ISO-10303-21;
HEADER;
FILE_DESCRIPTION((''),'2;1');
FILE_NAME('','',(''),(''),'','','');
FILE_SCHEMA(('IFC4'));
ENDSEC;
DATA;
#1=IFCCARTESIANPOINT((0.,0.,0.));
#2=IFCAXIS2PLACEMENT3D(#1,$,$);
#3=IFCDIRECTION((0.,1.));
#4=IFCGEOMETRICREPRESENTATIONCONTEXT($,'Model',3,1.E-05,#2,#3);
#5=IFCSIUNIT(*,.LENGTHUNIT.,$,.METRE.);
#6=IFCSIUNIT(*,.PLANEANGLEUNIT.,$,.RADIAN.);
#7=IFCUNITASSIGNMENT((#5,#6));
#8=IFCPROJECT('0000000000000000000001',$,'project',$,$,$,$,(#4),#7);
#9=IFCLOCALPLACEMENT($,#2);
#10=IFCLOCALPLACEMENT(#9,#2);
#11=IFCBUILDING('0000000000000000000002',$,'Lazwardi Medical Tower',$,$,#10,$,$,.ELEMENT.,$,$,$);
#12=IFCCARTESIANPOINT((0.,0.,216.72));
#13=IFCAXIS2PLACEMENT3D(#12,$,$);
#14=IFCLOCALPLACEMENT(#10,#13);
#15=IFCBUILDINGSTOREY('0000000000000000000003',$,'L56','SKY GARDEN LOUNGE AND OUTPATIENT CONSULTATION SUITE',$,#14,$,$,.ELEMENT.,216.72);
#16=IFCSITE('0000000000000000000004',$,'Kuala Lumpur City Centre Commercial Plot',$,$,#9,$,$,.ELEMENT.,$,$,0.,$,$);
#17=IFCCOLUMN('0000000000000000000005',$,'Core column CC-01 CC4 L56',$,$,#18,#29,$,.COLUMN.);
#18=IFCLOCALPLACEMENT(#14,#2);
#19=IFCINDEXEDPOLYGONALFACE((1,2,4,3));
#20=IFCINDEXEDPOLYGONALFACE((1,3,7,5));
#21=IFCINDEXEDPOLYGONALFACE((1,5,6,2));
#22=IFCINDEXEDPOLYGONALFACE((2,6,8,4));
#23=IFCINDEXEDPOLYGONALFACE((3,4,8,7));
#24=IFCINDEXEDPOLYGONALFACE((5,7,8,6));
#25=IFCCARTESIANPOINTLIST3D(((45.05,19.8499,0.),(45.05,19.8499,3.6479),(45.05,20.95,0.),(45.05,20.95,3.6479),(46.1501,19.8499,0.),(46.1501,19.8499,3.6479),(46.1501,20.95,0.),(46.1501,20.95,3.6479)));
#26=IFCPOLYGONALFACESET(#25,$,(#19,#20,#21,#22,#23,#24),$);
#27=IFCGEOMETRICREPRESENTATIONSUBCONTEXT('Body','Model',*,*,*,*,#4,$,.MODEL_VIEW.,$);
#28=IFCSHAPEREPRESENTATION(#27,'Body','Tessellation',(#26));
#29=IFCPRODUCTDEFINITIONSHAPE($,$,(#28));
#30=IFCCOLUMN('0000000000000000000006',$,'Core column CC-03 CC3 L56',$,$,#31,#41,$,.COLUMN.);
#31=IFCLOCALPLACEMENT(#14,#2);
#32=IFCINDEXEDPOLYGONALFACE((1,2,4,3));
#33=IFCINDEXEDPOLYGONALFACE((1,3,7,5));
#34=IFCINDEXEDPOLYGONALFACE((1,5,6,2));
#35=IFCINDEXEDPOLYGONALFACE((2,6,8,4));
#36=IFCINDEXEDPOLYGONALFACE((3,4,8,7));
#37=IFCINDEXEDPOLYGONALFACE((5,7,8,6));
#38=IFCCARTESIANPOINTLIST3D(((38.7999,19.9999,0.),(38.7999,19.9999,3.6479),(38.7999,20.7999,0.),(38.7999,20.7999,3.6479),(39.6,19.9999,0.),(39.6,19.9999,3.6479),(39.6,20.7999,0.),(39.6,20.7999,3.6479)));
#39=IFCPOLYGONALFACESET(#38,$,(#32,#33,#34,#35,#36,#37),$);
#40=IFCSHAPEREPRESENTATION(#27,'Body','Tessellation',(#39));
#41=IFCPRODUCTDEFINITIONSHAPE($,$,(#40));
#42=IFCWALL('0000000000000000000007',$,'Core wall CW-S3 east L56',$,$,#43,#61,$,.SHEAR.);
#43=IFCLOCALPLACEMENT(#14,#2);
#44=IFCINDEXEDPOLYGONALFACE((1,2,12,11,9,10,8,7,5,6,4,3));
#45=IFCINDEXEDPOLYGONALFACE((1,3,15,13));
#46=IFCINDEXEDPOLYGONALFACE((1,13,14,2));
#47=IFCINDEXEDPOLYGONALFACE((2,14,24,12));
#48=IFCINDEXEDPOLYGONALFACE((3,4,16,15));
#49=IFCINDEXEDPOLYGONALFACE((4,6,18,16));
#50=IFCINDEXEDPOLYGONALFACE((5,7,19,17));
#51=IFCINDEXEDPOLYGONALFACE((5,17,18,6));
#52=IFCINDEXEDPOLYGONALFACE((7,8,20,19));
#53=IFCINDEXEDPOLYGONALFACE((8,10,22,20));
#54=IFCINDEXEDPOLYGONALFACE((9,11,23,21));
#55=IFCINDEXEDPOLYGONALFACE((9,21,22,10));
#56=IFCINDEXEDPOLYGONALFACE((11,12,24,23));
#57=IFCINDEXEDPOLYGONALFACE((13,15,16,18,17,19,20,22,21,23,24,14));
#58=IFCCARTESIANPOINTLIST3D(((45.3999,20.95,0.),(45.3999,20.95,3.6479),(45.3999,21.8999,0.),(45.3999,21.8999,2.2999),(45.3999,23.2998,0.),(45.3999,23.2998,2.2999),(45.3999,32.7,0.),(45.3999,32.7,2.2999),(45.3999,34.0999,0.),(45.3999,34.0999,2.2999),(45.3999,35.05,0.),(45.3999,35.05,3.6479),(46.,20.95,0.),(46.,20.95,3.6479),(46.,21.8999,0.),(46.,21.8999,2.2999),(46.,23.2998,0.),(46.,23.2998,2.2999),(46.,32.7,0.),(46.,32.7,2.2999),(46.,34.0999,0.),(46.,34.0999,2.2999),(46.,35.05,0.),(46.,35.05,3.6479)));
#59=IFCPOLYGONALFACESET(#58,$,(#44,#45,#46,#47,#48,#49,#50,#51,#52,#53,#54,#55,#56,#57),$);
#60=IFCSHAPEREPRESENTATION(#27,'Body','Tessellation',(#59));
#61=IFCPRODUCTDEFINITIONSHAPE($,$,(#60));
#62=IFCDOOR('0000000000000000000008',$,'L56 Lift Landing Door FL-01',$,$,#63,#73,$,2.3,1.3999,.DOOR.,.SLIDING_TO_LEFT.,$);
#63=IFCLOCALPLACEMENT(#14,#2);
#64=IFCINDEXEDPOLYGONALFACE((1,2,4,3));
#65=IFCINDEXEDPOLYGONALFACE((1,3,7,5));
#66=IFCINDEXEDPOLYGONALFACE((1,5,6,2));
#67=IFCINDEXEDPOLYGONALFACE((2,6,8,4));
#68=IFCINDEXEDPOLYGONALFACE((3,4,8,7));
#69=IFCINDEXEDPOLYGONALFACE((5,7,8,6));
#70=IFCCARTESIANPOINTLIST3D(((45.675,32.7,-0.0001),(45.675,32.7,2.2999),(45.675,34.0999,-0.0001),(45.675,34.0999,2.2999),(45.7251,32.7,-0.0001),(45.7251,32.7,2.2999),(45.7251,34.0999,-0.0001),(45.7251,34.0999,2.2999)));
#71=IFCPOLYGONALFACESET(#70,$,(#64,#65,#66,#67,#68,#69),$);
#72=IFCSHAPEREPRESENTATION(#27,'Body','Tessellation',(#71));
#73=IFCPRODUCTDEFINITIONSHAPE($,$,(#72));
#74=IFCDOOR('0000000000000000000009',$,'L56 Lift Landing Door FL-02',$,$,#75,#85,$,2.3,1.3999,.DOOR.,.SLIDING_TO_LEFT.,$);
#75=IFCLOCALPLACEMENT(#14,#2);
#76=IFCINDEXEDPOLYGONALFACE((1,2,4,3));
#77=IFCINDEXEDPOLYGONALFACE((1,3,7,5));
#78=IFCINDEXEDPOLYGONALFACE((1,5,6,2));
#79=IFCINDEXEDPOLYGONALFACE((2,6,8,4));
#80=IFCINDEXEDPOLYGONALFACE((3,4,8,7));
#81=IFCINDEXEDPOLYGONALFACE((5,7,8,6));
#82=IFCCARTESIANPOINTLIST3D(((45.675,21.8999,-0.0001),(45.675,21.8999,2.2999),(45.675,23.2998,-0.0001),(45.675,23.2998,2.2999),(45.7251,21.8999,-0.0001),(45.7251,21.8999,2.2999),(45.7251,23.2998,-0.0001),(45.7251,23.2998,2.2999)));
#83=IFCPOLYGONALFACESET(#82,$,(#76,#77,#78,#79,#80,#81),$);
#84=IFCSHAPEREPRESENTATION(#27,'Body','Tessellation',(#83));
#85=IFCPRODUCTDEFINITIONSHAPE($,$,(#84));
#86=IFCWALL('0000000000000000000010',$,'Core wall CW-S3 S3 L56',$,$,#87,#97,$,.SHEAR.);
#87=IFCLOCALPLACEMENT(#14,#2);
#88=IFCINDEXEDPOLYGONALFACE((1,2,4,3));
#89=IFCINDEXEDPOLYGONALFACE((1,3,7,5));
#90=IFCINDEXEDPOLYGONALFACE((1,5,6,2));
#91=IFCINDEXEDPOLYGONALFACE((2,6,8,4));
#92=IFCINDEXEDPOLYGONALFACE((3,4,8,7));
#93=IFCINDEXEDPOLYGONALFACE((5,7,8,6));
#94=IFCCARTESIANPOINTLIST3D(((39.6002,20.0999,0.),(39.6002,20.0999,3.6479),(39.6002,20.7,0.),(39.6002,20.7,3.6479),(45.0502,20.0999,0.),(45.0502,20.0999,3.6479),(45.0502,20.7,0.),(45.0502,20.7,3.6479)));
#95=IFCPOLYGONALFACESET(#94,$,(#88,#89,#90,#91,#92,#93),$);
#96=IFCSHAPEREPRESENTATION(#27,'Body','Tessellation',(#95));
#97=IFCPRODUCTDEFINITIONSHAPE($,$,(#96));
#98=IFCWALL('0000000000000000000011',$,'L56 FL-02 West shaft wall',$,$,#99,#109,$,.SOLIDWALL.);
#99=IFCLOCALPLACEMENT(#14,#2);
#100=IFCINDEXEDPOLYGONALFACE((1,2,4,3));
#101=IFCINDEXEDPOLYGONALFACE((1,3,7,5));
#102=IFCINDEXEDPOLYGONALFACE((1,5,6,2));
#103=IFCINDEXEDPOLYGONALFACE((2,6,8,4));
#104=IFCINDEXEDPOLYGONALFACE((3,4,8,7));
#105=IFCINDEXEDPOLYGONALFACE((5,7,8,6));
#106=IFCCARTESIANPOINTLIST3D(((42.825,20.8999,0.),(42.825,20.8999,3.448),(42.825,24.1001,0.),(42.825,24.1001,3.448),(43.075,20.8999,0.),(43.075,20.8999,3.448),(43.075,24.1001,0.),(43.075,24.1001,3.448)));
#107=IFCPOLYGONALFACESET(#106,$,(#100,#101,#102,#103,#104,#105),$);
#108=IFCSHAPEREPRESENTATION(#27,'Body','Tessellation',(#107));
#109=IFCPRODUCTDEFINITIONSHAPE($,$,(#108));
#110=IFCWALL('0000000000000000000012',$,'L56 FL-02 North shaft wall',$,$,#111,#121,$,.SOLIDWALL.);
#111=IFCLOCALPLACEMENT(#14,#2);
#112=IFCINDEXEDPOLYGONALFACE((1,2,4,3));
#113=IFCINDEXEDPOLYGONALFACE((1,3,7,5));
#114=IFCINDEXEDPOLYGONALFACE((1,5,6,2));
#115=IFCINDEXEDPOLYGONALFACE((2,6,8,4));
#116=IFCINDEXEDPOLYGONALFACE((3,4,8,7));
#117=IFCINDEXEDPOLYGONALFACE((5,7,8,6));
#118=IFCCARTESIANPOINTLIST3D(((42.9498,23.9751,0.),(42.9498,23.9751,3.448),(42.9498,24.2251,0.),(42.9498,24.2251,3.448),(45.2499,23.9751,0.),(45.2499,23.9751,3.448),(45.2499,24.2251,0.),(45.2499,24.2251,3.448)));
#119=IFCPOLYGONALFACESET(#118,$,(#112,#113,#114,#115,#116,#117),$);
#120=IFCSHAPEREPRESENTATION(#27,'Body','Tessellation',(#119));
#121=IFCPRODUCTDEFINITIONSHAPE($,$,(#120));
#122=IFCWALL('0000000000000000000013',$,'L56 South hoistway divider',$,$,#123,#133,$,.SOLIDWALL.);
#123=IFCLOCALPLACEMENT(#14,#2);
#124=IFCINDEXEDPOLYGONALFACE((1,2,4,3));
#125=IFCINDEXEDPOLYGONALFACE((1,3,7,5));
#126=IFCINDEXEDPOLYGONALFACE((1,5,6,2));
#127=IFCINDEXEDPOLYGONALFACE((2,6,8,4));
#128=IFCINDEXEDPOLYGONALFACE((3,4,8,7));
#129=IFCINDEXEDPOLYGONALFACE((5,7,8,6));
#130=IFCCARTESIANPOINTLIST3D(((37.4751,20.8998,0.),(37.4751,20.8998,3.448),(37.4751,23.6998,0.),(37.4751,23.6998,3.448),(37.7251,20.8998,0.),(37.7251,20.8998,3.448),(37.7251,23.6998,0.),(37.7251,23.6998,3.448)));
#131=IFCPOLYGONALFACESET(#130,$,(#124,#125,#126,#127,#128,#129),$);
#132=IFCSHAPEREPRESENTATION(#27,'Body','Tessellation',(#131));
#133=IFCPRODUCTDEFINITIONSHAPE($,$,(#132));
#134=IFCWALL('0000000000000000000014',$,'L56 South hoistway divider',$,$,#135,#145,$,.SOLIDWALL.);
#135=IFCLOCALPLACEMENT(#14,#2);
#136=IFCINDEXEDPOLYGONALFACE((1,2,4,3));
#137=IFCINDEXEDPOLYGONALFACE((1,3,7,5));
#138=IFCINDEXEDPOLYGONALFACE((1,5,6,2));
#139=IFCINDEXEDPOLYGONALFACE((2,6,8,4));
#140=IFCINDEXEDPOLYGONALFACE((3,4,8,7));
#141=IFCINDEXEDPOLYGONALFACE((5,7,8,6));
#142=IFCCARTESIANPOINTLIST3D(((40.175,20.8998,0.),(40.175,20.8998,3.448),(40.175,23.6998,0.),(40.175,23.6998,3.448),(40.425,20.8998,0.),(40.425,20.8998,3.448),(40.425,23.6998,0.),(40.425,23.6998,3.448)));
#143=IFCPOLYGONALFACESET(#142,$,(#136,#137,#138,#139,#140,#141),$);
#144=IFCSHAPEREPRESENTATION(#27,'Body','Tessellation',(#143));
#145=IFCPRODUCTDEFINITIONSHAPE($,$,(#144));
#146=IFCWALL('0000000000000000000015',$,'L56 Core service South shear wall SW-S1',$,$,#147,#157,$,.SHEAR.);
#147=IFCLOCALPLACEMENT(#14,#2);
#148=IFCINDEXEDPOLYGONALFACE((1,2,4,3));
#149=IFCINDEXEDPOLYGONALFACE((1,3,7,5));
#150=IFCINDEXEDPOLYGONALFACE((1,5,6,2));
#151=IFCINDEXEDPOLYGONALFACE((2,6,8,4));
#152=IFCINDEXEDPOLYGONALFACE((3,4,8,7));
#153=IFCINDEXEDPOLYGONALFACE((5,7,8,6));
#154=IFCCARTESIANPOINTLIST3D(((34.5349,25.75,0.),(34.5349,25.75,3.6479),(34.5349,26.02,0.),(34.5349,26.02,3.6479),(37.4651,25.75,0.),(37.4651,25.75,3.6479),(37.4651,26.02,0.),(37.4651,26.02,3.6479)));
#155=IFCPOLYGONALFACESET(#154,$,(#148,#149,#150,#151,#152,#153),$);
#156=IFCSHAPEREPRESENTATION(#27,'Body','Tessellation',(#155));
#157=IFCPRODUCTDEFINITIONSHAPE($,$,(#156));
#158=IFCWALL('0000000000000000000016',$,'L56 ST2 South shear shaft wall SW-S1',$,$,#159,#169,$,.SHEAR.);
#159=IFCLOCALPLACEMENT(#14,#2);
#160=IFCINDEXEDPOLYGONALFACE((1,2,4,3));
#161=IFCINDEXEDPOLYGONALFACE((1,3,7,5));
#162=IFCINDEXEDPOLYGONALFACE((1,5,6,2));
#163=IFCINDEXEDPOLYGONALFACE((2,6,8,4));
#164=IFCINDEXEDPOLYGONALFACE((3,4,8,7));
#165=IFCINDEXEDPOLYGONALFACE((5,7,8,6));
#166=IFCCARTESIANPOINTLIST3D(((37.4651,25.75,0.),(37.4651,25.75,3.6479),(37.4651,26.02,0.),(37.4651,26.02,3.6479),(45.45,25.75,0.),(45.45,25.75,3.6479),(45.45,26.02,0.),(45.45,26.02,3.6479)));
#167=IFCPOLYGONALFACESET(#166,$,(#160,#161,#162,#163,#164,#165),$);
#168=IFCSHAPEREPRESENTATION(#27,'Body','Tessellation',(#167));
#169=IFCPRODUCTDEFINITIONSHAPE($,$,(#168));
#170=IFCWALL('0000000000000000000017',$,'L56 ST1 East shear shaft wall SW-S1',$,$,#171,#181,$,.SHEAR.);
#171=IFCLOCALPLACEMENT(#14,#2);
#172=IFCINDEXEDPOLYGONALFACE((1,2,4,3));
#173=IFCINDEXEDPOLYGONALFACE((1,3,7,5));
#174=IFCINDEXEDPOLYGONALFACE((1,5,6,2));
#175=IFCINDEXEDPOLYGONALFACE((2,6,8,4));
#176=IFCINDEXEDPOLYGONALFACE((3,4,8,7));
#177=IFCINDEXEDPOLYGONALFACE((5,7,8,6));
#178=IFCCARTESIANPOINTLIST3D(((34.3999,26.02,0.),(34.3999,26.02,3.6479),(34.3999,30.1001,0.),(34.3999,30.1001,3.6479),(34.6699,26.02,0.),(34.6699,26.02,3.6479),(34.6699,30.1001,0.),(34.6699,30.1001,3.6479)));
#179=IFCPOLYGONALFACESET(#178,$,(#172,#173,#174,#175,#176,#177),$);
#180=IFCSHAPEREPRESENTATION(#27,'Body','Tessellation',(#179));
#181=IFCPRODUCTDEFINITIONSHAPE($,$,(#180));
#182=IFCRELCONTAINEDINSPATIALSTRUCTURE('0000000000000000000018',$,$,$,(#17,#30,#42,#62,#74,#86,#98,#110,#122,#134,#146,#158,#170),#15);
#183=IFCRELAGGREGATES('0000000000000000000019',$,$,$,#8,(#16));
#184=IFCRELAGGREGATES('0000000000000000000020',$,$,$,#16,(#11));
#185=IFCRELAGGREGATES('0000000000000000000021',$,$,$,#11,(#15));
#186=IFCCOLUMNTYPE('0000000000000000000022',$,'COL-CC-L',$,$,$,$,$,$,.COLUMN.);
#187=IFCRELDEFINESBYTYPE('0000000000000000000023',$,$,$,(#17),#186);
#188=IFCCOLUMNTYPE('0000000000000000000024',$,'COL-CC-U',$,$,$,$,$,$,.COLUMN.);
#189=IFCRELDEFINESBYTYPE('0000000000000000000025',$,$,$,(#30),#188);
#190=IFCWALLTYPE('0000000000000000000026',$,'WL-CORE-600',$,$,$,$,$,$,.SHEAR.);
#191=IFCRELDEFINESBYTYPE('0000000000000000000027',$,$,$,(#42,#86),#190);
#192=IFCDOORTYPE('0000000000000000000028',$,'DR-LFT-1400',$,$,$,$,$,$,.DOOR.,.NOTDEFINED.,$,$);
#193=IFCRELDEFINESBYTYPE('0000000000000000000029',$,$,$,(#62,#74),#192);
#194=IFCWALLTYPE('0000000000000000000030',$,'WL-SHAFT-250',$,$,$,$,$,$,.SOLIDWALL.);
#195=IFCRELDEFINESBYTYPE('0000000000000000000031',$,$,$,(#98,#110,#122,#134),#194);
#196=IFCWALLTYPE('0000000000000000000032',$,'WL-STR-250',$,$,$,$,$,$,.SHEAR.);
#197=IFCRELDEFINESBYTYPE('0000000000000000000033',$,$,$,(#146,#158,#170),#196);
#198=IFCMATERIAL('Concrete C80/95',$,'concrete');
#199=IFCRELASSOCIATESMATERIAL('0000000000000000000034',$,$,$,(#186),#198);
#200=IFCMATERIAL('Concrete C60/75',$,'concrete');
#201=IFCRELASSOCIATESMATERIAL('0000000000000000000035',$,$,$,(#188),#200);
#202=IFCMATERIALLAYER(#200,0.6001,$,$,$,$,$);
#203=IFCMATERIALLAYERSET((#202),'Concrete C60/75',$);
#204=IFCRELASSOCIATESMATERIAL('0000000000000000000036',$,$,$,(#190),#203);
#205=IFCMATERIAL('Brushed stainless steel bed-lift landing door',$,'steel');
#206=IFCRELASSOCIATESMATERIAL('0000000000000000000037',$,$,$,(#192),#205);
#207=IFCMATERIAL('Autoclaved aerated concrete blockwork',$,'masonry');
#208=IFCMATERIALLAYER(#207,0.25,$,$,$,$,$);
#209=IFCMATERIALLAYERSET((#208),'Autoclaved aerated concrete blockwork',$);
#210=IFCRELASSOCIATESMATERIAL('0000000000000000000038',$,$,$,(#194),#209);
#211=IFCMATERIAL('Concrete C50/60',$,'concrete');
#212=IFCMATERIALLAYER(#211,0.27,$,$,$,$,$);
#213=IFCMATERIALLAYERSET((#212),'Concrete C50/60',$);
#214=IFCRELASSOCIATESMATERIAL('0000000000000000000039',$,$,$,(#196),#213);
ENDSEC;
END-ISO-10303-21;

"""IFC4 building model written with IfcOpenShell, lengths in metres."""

from ifc_helpers import new_model, si_unit, direction, frame, frame_2d, origin, origin_2d, place, context, subcontext, project, spatial, rectangle, extrude, material, layer, layer_set, material_profile, profile_set, type_object, element, fill, save


model = new_model("IFC4")

# Units and contexts
model_context = context("Model", 3, precision=1e-05, world=origin(), true_north=direction((0.0, 1.0)))
body_context = subcontext(model_context, "Body", "Model", "MODEL_VIEW")
ifc_project = project(units=[si_unit("LENGTHUNIT", "METRE"), si_unit("PLANEANGLEUNIT", "RADIAN")], contexts=[model_context])

# Site, building, storey
site_placement = place(None, origin())
site = spatial("IfcSite", under=ifc_project, at=site_placement, Name="Kuala Lumpur City Centre Commercial Plot", CompositionType="ELEMENT", RefElevation=0.0)
building_placement = place(site_placement, origin())
building = spatial("IfcBuilding", under=site, at=building_placement, Name="Lazwardi Medical Tower", CompositionType="ELEMENT")
storey_placement = place(building_placement, frame((0.0, 0.0, 216.72)))
storey = spatial("IfcBuildingStorey", under=building, at=storey_placement, Name="L56", Description="SKY GARDEN LOUNGE AND OUTPATIENT CONSULTATION SUITE", CompositionType="ELEMENT", Elevation=216.72)

# Columns
ifc_material_1 = material(Name="Concrete C80/95", Category="concrete")
ifc_material_profile_1 = material_profile(ifc_material_1, rectangle(XDim=1.1001, YDim=1.1001, at=origin_2d()), Name="RC 1100x1100")
ifc_profile_set_1 = profile_set([ifc_material_profile_1], Name="Concrete C80/95")
column_type_1 = type_object("IfcColumnType", Name="COL-CC-L", PredefinedType="COLUMN", material=ifc_profile_set_1)
column_1_placement = place(storey_placement, frame((45.6001, 20.3999, 0.0), z_axis=(0.0, 0.0, 1.0), x_axis=(1.0, 0.0, 0.0)))
element("IfcColumn", 1, at=column_1_placement, inside=storey, type_object=column_type_1, Name="Core column CC-01 CC4 L56", PredefinedType="COLUMN", context=body_context, shape_type="SweptSolid", body=[
    extrude(rectangle(XDim=1.1001, YDim=1.1001, at=origin_2d()), origin(), (0.0, 0.0, 1.0), 3.6479),
])
ifc_material_2 = material(Name="Concrete C60/75", Category="concrete")
ifc_material_profile_2 = material_profile(ifc_material_2, rectangle(XDim=0.8, YDim=0.8, at=origin_2d()), Name="RC 800x800")
ifc_profile_set_2 = profile_set([ifc_material_profile_2], Name="Concrete C60/75")
column_type_2 = type_object("IfcColumnType", Name="COL-CC-U", PredefinedType="COLUMN", material=ifc_profile_set_2)
column_2_placement = place(storey_placement, frame((39.2, 20.3999, 0.0), z_axis=(0.0, 0.0, 1.0), x_axis=(1.0, 0.0, 0.0)))
element("IfcColumn", 2, at=column_2_placement, inside=storey, type_object=column_type_2, Name="Core column CC-03 CC3 L56", PredefinedType="COLUMN", context=body_context, shape_type="SweptSolid", body=[
    extrude(rectangle(XDim=0.8, YDim=0.8, at=origin_2d()), origin(), (0.0, 0.0, 1.0), 3.6479),
])

# Wall, openings, doors
ifc_layer_1 = layer(ifc_material_2, 0.6001)
ifc_layer_set_1 = layer_set([ifc_layer_1], Name="Concrete C60/75")
wall_type_1 = type_object("IfcWallType", Name="WL-CORE-600", PredefinedType="SHEAR", material=ifc_layer_set_1)
wall_1_placement = place(storey_placement, frame((45.7, 20.95, 0.0), z_axis=(0.0, 0.0, 1.0), x_axis=(0.0, 1.0, 0.0)))
wall_1 = element("IfcWall", 3, at=wall_1_placement, inside=storey, type_object=wall_type_1, Name="Core wall CW-S3 east L56", PredefinedType="SHEAR", context=body_context, shape_type="SweptSolid", body=[
    extrude(rectangle(XDim=14.1001, YDim=0.6001, at=frame_2d((7.05, 0.0))), origin(), (0.0, 0.0, 1.0), 3.6479),
])
opening_1_placement = place(wall_1_placement, frame((11.75, 0.0, 0.0)))
opening_1 = element("IfcOpeningElement", 4, at=opening_1_placement, cuts=wall_1, PredefinedType="OPENING", context=body_context, shape_type="SweptSolid", body=[
    extrude(rectangle(XDim=1.3999, YDim=2.3, at=frame_2d((0.7, 1.1499))), frame((0.0, 0.3101, 0.0), z_axis=(0.0, -1.0, 0.0), x_axis=(1.0, 0.0, 0.0)), (0.0, 0.0, 1.0), 0.6201),
])
opening_2_placement = place(wall_1_placement, frame((0.95, 0.0, 0.0)))
opening_2 = element("IfcOpeningElement", 5, at=opening_2_placement, cuts=wall_1, PredefinedType="OPENING", context=body_context, shape_type="SweptSolid", body=[
    extrude(rectangle(XDim=1.3999, YDim=2.3, at=frame_2d((0.7, 1.1499))), frame((0.0, 0.3101, 0.0), z_axis=(0.0, -1.0, 0.0), x_axis=(1.0, 0.0, 0.0)), (0.0, 0.0, 1.0), 0.6201),
])
ifc_material_3 = material(Name="Brushed stainless steel bed-lift landing door", Category="steel")
door_type_1 = type_object("IfcDoorType", Name="DR-LFT-1400", OperationType="NOTDEFINED", PredefinedType="DOOR", material=ifc_material_3)
door_1_placement = place(opening_1_placement, origin())
door_1 = element("IfcDoor", 6, at=door_1_placement, inside=storey, type_object=door_type_1, Name="L56 Lift Landing Door FL-01", OperationType="SLIDING_TO_LEFT", OverallHeight=2.3, OverallWidth=1.3999, PredefinedType="DOOR", context=body_context, shape_type="SweptSolid", body=[
    extrude(rectangle(XDim=1.3999, YDim=2.3, at=frame_2d((0.7, 1.1499))), frame((0.0, 0.0249, 0.0), z_axis=(0.0, -1.0, 0.0), x_axis=(1.0, 0.0, 0.0)), (0.0, 0.0, 1.0), 0.05),
])
fill(opening_1, door_1)
door_2_placement = place(opening_2_placement, origin())
door_2 = element("IfcDoor", 7, at=door_2_placement, inside=storey, type_object=door_type_1, Name="L56 Lift Landing Door FL-02", OperationType="SLIDING_TO_LEFT", OverallHeight=2.3, OverallWidth=1.3999, PredefinedType="DOOR", context=body_context, shape_type="SweptSolid", body=[
    extrude(rectangle(XDim=1.3999, YDim=2.3, at=frame_2d((0.7, 1.1499))), frame((0.0, 0.0249, 0.0), z_axis=(0.0, -1.0, 0.0), x_axis=(1.0, 0.0, 0.0)), (0.0, 0.0, 1.0), 0.05),
])
fill(opening_2, door_2)

# Walls
wall_2_placement = place(storey_placement, frame((39.6001, 20.3999, 0.0), z_axis=(0.0, 0.0, 1.0), x_axis=(1.0, 0.0, 0.0)))
element("IfcWall", 8, at=wall_2_placement, inside=storey, type_object=wall_type_1, Name="Core wall CW-S3 S3 L56", PredefinedType="SHEAR", context=body_context, shape_type="SweptSolid", body=[
    extrude(rectangle(XDim=5.45, YDim=0.6001, at=frame_2d((2.7251, 0.0))), origin(), (0.0, 0.0, 1.0), 3.6479),
])
ifc_material_4 = material(Name="Autoclaved aerated concrete blockwork", Category="masonry")
ifc_layer_2 = layer(ifc_material_4, 0.25)
ifc_layer_set_2 = layer_set([ifc_layer_2], Name="Autoclaved aerated concrete blockwork")
wall_type_2 = type_object("IfcWallType", Name="WL-SHAFT-250", PredefinedType="SOLIDWALL", material=ifc_layer_set_2)
wall_3_placement = place(storey_placement, frame((42.95, 20.8999, 0.0), z_axis=(0.0, 0.0, 1.0), x_axis=(0.0, 1.0, 0.0)))
element("IfcWall", 9, at=wall_3_placement, inside=storey, type_object=wall_type_2, Name="L56 FL-02 West shaft wall", PredefinedType="SOLIDWALL", context=body_context, shape_type="SweptSolid", body=[
    extrude(rectangle(XDim=3.2002, YDim=0.25, at=frame_2d((1.6001, 0.0))), origin(), (0.0, 0.0, 1.0), 3.448),
])
wall_4_placement = place(storey_placement, frame((42.95, 24.1001, 0.0), z_axis=(0.0, 0.0, 1.0), x_axis=(1.0, 0.0, 0.0)))
element("IfcWall", 10, at=wall_4_placement, inside=storey, type_object=wall_type_2, Name="L56 FL-02 North shaft wall", PredefinedType="SOLIDWALL", context=body_context, shape_type="SweptSolid", body=[
    extrude(rectangle(XDim=2.3, YDim=0.25, at=frame_2d((1.1499, 0.0))), origin(), (0.0, 0.0, 1.0), 3.448),
])
for number, where, z_axis, x_axis, name in (
    (11, (37.6001, 20.8999, 0.0), (0.0, 0.0, 1.0), (0.0, 1.0, 0.0), "L56 South hoistway divider"),
    (12, (40.3, 20.8999, 0.0), (0.0, 0.0, 1.0), (0.0, 1.0, 0.0), "L56 South hoistway divider"),
):
    element("IfcWall", number, at=place(storey_placement, frame(where, z_axis=z_axis, x_axis=x_axis)), inside=storey, type_object=wall_type_2, Name=name, PredefinedType="SOLIDWALL", context=body_context, shape_type="SweptSolid", body=[
        extrude(rectangle(XDim=2.8, YDim=0.25, at=frame_2d((1.3999, 0.0))), origin(), (0.0, 0.0, 1.0), 3.448),
    ])

# Shared definitions
ifc_material_5 = material(Name="Concrete C50/60", Category="concrete")
ifc_layer_3 = layer(ifc_material_5, 0.27)
ifc_layer_set_3 = layer_set([ifc_layer_3], Name="Concrete C50/60")
wall_type_3 = type_object("IfcWallType", Name="WL-STR-250", PredefinedType="SHEAR", material=ifc_layer_set_3)

# Walls
wall_5_placement = place(storey_placement, frame((34.5349, 25.885, 0.0), z_axis=(0.0, 0.0, 1.0), x_axis=(1.0, 0.0, 0.0)))
element("IfcWall", 13, at=wall_5_placement, inside=storey, type_object=wall_type_3, Name="L56 Core service South shear wall SW-S1", PredefinedType="SHEAR", context=body_context, shape_type="SweptSolid", body=[
    extrude(rectangle(XDim=2.9302, YDim=0.27, at=frame_2d((1.4651, 0.0))), origin(), (0.0, 0.0, 1.0), 3.6479),
])
wall_6_placement = place(storey_placement, frame((37.4651, 25.885, 0.0), z_axis=(0.0, 0.0, 1.0), x_axis=(1.0, 0.0, 0.0)))
element("IfcWall", 14, at=wall_6_placement, inside=storey, type_object=wall_type_3, Name="L56 ST2 South shear shaft wall SW-S1", PredefinedType="SHEAR", context=body_context, shape_type="SweptSolid", body=[
    extrude(rectangle(XDim=7.9849, YDim=0.27, at=frame_2d((3.9924, 0.0))), origin(), (0.0, 0.0, 1.0), 3.6479),
])
for number, where, z_axis, x_axis, name in (
    (15, (34.5349, 26.02, 0.0), (0.0, 0.0, 1.0), (0.0, 1.0, 0.0), "L56 ST1 East shear shaft wall SW-S1"),
):
    element("IfcWall", number, at=place(storey_placement, frame(where, z_axis=z_axis, x_axis=x_axis)), inside=storey, type_object=wall_type_3, Name=name, PredefinedType="SHEAR", context=body_context, shape_type="SweptSolid", body=[
        extrude(rectangle(XDim=4.0801, YDim=0.27, at=frame_2d((2.04, 0.0))), origin(), (0.0, 0.0, 1.0), 3.6479),
    ])

save(model, "model.ifc")
